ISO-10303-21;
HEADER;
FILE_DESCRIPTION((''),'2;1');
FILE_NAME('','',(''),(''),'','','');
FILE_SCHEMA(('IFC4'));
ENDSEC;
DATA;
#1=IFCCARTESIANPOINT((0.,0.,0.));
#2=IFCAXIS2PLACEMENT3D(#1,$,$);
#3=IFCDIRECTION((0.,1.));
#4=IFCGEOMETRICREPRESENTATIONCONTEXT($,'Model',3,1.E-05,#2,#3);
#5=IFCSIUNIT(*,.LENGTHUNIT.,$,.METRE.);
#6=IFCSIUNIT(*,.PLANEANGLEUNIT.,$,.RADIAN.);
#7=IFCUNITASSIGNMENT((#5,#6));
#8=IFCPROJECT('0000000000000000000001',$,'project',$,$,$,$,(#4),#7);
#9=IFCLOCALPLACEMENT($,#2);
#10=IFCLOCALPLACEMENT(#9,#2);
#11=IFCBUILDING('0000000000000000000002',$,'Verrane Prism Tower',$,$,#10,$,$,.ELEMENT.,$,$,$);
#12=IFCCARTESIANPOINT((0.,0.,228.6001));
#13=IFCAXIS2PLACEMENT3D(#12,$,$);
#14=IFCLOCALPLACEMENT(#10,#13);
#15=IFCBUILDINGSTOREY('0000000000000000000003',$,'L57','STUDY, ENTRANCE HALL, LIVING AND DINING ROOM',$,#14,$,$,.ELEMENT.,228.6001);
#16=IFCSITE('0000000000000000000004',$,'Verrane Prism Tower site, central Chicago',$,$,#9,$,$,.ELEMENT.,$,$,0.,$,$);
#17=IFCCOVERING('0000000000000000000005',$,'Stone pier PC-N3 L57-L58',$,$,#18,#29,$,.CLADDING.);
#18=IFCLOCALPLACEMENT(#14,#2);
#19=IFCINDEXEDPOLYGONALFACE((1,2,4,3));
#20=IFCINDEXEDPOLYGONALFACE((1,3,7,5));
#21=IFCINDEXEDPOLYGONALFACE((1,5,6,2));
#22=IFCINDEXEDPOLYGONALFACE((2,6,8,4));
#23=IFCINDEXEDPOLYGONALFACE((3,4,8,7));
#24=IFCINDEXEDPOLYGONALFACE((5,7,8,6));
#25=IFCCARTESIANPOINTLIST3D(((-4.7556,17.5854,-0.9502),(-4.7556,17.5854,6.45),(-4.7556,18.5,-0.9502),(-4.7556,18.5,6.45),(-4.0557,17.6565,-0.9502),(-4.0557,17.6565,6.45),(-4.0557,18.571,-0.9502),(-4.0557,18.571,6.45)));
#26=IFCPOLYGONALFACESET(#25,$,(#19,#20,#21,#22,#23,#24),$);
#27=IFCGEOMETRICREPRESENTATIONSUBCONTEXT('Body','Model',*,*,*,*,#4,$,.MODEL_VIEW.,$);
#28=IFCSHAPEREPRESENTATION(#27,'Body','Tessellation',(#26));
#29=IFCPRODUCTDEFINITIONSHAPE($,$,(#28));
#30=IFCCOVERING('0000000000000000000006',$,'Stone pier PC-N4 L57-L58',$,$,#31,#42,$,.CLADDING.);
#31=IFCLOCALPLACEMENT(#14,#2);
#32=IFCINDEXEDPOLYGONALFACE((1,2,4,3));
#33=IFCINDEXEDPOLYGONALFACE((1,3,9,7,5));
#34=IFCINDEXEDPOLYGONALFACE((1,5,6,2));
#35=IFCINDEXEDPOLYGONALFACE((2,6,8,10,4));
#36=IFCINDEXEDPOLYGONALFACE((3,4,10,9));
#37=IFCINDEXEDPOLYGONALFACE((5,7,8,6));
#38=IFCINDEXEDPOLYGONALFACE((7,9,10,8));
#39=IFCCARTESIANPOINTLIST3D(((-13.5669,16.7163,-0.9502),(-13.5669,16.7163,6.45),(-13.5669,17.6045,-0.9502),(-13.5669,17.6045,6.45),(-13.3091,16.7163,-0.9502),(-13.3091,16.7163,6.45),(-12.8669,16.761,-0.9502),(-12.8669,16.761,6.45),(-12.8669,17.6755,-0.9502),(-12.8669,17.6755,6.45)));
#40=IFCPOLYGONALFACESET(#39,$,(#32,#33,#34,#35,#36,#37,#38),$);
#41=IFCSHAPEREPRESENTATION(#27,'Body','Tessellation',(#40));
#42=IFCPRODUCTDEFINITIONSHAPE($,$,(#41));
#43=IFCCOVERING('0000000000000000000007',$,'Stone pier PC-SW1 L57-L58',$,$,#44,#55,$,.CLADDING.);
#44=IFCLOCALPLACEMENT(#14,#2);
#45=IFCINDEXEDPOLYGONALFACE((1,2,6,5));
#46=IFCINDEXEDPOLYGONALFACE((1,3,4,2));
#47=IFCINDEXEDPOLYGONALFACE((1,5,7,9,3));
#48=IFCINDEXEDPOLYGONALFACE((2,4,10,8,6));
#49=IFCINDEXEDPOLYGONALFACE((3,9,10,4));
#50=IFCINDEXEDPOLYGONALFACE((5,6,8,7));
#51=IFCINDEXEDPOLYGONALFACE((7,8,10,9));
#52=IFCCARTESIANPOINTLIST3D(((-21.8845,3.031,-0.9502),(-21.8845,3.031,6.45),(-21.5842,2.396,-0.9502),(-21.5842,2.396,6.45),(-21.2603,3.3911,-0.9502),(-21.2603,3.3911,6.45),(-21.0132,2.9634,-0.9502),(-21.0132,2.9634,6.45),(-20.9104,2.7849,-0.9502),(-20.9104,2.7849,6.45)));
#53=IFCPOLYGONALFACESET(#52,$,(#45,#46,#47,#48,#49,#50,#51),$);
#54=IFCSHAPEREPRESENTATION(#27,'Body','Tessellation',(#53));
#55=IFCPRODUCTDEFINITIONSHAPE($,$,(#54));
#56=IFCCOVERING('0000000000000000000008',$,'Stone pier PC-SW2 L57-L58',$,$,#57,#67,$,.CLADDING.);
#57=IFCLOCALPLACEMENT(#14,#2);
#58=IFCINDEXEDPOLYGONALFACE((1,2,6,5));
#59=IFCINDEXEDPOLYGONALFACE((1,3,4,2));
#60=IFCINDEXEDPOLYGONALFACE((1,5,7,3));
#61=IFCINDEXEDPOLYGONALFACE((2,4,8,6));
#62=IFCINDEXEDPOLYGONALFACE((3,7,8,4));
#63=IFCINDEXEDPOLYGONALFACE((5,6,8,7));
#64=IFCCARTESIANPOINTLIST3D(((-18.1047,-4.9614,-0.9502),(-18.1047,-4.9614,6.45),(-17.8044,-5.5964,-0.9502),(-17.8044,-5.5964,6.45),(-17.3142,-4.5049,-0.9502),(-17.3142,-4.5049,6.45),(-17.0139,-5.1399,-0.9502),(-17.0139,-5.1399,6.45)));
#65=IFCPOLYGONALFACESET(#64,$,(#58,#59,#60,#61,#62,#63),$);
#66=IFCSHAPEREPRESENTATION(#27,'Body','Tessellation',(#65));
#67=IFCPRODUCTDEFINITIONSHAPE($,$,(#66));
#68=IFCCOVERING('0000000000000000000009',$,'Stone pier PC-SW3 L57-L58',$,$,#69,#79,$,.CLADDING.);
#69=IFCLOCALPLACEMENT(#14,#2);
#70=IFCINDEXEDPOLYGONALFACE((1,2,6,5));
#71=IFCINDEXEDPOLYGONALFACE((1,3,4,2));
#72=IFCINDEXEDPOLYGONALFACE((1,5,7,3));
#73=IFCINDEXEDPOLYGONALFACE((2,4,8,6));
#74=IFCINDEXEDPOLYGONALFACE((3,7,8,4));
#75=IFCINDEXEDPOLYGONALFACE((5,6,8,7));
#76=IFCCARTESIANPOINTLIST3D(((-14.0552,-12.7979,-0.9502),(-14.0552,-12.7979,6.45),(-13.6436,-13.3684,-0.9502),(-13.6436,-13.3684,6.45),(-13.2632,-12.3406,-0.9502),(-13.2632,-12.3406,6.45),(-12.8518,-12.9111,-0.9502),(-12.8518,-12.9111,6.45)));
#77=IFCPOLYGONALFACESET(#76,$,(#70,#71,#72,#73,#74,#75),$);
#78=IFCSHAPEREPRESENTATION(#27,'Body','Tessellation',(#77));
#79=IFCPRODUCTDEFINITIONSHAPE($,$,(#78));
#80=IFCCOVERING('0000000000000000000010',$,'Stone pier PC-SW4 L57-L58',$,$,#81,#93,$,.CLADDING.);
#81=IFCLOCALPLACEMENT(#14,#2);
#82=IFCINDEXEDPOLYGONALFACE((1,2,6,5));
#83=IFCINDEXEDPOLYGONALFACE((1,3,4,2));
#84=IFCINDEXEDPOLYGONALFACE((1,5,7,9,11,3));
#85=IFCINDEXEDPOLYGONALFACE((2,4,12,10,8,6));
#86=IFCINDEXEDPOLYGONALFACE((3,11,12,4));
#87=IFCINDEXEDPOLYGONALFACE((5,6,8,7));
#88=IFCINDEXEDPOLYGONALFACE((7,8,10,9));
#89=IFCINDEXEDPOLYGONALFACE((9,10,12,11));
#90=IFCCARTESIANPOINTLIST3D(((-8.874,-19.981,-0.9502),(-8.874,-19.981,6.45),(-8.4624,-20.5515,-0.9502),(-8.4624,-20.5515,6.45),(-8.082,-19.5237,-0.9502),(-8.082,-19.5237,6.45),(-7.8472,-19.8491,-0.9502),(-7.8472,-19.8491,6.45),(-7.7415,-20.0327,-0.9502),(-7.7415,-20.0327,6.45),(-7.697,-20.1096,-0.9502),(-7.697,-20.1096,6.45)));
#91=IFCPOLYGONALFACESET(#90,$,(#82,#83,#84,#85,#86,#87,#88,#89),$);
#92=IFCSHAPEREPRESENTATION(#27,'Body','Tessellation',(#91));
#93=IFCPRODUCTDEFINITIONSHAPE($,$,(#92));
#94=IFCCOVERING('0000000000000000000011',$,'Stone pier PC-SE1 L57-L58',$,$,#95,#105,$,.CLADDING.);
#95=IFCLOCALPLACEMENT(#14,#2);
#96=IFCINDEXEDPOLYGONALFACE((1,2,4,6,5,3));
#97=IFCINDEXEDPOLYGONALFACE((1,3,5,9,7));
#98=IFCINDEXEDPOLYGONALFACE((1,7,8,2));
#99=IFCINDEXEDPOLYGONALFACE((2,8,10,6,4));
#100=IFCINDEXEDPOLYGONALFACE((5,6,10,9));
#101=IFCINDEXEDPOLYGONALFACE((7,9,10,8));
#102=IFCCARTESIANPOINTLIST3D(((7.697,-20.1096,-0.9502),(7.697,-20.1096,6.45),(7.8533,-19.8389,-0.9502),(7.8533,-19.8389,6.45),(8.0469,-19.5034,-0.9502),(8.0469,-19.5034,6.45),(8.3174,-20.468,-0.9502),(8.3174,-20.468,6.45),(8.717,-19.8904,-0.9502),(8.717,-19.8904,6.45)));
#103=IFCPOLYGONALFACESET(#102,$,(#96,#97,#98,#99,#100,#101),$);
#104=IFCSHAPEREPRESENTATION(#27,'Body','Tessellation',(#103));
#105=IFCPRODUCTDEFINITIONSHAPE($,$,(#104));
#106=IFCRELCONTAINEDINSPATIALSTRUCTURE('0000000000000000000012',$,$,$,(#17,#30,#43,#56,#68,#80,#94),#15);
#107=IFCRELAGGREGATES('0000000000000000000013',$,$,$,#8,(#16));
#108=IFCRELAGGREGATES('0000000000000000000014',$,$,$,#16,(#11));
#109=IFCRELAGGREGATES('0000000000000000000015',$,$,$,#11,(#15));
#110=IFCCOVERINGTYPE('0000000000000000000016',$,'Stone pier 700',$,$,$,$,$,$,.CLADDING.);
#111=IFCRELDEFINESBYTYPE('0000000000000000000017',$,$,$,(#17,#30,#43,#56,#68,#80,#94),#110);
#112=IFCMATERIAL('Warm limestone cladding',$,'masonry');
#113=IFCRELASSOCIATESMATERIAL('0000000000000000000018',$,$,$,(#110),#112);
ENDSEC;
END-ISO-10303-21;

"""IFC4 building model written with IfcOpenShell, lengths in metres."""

from ifc_helpers import new_model, si_unit, direction, frame, origin, place, context, subcontext, project, spatial, polyline, outline, extrude, material, type_object, element, save


model = new_model("IFC4")

# Units and contexts
model_context = context("Model", 3, precision=1e-05, world=origin(), true_north=direction((0.0, 1.0)))
body_context = subcontext(model_context, "Body", "Model", "MODEL_VIEW")
ifc_project = project(units=[si_unit("LENGTHUNIT", "METRE"), si_unit("PLANEANGLEUNIT", "RADIAN")], contexts=[model_context])

# Site, building, storey
site_placement = place(None, origin())
site = spatial("IfcSite", under=ifc_project, at=site_placement, Name="Verrane Prism Tower site, central Chicago", CompositionType="ELEMENT", RefElevation=0.0)
building_placement = place(site_placement, origin())
building = spatial("IfcBuilding", under=site, at=building_placement, Name="Verrane Prism Tower", CompositionType="ELEMENT")
storey_placement = place(building_placement, frame((0.0, 0.0, 228.6001)))
storey = spatial("IfcBuildingStorey", under=building, at=storey_placement, Name="L57", Description="STUDY, ENTRANCE HALL, LIVING AND DINING ROOM", CompositionType="ELEMENT", Elevation=228.6001)

# Coverings
ifc_material_1 = material(Name="Warm limestone cladding", Category="masonry")
covering_type_1 = type_object("IfcCoveringType", Name="Stone pier 700", PredefinedType="CLADDING", material=ifc_material_1)
covering_1_placement = place(storey_placement, frame((0.0, 0.0, -0.9502)))
element("IfcCovering", 1, at=covering_1_placement, inside=storey, type_object=covering_type_1, Name="Stone pier PC-N3 L57-L58", PredefinedType="CLADDING", context=body_context, shape_type="SweptSolid", body=[
    extrude(outline(polyline([(-4.7556, 18.5), (-4.7556, 17.5854), (-4.0557, 17.6565), (-4.0557, 18.571), (-4.7556, 18.5)])), origin(), (0.0, 0.0, 1.0), 7.4001),
])
covering_2_placement = place(storey_placement, frame((0.0, 0.0, -0.9502)))
element("IfcCovering", 2, at=covering_2_placement, inside=storey, type_object=covering_type_1, Name="Stone pier PC-N4 L57-L58", PredefinedType="CLADDING", context=body_context, shape_type="SweptSolid", body=[
    extrude(outline(polyline([(-13.5669, 16.7163), (-13.3091, 16.7163), (-12.8669, 16.761), (-12.8669, 17.6755), (-13.5669, 17.6045), (-13.5669, 16.7163)])), origin(), (0.0, 0.0, 1.0), 7.4001),
])
covering_3_placement = place(storey_placement, frame((0.0, 0.0, -0.9502)))
element("IfcCovering", 3, at=covering_3_placement, inside=storey, type_object=covering_type_1, Name="Stone pier PC-SW1 L57-L58", PredefinedType="CLADDING", context=body_context, shape_type="SweptSolid", body=[
    extrude(outline(polyline([(-20.9104, 2.7849), (-21.0132, 2.9634), (-21.2603, 3.3911), (-21.8845, 3.031), (-21.5842, 2.396), (-20.9104, 2.7849)])), origin(), (0.0, 0.0, 1.0), 7.4001),
])
covering_4_placement = place(storey_placement, frame((0.0, 0.0, -0.9502)))
element("IfcCovering", 4, at=covering_4_placement, inside=storey, type_object=covering_type_1, Name="Stone pier PC-SW2 L57-L58", PredefinedType="CLADDING", context=body_context, shape_type="SweptSolid", body=[
    extrude(outline(polyline([(-17.8044, -5.5964), (-17.0139, -5.1399), (-17.3142, -4.5049), (-18.1047, -4.9614), (-17.8044, -5.5964)])), origin(), (0.0, 0.0, 1.0), 7.4001),
])
covering_5_placement = place(storey_placement, frame((0.0, 0.0, -0.9502)))
element("IfcCovering", 5, at=covering_5_placement, inside=storey, type_object=covering_type_1, Name="Stone pier PC-SW3 L57-L58", PredefinedType="CLADDING", context=body_context, shape_type="SweptSolid", body=[
    extrude(outline(polyline([(-13.6436, -13.3684), (-12.8518, -12.9111), (-13.2632, -12.3406), (-14.0552, -12.7979), (-13.6436, -13.3684)])), origin(), (0.0, 0.0, 1.0), 7.4001),
])
covering_6_placement = place(storey_placement, frame((0.0, 0.0, -0.9502)))
element("IfcCovering", 6, at=covering_6_placement, inside=storey, type_object=covering_type_1, Name="Stone pier PC-SW4 L57-L58", PredefinedType="CLADDING", context=body_context, shape_type="SweptSolid", body=[
    extrude(outline(polyline([(-7.697, -20.1096), (-7.7415, -20.0327), (-7.8472, -19.8491), (-8.082, -19.5237), (-8.874, -19.981), (-8.4624, -20.5515), (-7.697, -20.1096)])), origin(), (0.0, 0.0, 1.0), 7.4001),
])
covering_7_placement = place(storey_placement, frame((0.0, 0.0, -0.9502)))
element("IfcCovering", 7, at=covering_7_placement, inside=storey, type_object=covering_type_1, Name="Stone pier PC-SE1 L57-L58", PredefinedType="CLADDING", context=body_context, shape_type="SweptSolid", body=[
    extrude(outline(polyline([(8.0469, -19.5034), (7.8533, -19.8389), (7.697, -20.1096), (8.3174, -20.468), (8.717, -19.8904), (8.0469, -19.5034)])), origin(), (0.0, 0.0, 1.0), 7.4001),
])

save(model, "model.ifc")
